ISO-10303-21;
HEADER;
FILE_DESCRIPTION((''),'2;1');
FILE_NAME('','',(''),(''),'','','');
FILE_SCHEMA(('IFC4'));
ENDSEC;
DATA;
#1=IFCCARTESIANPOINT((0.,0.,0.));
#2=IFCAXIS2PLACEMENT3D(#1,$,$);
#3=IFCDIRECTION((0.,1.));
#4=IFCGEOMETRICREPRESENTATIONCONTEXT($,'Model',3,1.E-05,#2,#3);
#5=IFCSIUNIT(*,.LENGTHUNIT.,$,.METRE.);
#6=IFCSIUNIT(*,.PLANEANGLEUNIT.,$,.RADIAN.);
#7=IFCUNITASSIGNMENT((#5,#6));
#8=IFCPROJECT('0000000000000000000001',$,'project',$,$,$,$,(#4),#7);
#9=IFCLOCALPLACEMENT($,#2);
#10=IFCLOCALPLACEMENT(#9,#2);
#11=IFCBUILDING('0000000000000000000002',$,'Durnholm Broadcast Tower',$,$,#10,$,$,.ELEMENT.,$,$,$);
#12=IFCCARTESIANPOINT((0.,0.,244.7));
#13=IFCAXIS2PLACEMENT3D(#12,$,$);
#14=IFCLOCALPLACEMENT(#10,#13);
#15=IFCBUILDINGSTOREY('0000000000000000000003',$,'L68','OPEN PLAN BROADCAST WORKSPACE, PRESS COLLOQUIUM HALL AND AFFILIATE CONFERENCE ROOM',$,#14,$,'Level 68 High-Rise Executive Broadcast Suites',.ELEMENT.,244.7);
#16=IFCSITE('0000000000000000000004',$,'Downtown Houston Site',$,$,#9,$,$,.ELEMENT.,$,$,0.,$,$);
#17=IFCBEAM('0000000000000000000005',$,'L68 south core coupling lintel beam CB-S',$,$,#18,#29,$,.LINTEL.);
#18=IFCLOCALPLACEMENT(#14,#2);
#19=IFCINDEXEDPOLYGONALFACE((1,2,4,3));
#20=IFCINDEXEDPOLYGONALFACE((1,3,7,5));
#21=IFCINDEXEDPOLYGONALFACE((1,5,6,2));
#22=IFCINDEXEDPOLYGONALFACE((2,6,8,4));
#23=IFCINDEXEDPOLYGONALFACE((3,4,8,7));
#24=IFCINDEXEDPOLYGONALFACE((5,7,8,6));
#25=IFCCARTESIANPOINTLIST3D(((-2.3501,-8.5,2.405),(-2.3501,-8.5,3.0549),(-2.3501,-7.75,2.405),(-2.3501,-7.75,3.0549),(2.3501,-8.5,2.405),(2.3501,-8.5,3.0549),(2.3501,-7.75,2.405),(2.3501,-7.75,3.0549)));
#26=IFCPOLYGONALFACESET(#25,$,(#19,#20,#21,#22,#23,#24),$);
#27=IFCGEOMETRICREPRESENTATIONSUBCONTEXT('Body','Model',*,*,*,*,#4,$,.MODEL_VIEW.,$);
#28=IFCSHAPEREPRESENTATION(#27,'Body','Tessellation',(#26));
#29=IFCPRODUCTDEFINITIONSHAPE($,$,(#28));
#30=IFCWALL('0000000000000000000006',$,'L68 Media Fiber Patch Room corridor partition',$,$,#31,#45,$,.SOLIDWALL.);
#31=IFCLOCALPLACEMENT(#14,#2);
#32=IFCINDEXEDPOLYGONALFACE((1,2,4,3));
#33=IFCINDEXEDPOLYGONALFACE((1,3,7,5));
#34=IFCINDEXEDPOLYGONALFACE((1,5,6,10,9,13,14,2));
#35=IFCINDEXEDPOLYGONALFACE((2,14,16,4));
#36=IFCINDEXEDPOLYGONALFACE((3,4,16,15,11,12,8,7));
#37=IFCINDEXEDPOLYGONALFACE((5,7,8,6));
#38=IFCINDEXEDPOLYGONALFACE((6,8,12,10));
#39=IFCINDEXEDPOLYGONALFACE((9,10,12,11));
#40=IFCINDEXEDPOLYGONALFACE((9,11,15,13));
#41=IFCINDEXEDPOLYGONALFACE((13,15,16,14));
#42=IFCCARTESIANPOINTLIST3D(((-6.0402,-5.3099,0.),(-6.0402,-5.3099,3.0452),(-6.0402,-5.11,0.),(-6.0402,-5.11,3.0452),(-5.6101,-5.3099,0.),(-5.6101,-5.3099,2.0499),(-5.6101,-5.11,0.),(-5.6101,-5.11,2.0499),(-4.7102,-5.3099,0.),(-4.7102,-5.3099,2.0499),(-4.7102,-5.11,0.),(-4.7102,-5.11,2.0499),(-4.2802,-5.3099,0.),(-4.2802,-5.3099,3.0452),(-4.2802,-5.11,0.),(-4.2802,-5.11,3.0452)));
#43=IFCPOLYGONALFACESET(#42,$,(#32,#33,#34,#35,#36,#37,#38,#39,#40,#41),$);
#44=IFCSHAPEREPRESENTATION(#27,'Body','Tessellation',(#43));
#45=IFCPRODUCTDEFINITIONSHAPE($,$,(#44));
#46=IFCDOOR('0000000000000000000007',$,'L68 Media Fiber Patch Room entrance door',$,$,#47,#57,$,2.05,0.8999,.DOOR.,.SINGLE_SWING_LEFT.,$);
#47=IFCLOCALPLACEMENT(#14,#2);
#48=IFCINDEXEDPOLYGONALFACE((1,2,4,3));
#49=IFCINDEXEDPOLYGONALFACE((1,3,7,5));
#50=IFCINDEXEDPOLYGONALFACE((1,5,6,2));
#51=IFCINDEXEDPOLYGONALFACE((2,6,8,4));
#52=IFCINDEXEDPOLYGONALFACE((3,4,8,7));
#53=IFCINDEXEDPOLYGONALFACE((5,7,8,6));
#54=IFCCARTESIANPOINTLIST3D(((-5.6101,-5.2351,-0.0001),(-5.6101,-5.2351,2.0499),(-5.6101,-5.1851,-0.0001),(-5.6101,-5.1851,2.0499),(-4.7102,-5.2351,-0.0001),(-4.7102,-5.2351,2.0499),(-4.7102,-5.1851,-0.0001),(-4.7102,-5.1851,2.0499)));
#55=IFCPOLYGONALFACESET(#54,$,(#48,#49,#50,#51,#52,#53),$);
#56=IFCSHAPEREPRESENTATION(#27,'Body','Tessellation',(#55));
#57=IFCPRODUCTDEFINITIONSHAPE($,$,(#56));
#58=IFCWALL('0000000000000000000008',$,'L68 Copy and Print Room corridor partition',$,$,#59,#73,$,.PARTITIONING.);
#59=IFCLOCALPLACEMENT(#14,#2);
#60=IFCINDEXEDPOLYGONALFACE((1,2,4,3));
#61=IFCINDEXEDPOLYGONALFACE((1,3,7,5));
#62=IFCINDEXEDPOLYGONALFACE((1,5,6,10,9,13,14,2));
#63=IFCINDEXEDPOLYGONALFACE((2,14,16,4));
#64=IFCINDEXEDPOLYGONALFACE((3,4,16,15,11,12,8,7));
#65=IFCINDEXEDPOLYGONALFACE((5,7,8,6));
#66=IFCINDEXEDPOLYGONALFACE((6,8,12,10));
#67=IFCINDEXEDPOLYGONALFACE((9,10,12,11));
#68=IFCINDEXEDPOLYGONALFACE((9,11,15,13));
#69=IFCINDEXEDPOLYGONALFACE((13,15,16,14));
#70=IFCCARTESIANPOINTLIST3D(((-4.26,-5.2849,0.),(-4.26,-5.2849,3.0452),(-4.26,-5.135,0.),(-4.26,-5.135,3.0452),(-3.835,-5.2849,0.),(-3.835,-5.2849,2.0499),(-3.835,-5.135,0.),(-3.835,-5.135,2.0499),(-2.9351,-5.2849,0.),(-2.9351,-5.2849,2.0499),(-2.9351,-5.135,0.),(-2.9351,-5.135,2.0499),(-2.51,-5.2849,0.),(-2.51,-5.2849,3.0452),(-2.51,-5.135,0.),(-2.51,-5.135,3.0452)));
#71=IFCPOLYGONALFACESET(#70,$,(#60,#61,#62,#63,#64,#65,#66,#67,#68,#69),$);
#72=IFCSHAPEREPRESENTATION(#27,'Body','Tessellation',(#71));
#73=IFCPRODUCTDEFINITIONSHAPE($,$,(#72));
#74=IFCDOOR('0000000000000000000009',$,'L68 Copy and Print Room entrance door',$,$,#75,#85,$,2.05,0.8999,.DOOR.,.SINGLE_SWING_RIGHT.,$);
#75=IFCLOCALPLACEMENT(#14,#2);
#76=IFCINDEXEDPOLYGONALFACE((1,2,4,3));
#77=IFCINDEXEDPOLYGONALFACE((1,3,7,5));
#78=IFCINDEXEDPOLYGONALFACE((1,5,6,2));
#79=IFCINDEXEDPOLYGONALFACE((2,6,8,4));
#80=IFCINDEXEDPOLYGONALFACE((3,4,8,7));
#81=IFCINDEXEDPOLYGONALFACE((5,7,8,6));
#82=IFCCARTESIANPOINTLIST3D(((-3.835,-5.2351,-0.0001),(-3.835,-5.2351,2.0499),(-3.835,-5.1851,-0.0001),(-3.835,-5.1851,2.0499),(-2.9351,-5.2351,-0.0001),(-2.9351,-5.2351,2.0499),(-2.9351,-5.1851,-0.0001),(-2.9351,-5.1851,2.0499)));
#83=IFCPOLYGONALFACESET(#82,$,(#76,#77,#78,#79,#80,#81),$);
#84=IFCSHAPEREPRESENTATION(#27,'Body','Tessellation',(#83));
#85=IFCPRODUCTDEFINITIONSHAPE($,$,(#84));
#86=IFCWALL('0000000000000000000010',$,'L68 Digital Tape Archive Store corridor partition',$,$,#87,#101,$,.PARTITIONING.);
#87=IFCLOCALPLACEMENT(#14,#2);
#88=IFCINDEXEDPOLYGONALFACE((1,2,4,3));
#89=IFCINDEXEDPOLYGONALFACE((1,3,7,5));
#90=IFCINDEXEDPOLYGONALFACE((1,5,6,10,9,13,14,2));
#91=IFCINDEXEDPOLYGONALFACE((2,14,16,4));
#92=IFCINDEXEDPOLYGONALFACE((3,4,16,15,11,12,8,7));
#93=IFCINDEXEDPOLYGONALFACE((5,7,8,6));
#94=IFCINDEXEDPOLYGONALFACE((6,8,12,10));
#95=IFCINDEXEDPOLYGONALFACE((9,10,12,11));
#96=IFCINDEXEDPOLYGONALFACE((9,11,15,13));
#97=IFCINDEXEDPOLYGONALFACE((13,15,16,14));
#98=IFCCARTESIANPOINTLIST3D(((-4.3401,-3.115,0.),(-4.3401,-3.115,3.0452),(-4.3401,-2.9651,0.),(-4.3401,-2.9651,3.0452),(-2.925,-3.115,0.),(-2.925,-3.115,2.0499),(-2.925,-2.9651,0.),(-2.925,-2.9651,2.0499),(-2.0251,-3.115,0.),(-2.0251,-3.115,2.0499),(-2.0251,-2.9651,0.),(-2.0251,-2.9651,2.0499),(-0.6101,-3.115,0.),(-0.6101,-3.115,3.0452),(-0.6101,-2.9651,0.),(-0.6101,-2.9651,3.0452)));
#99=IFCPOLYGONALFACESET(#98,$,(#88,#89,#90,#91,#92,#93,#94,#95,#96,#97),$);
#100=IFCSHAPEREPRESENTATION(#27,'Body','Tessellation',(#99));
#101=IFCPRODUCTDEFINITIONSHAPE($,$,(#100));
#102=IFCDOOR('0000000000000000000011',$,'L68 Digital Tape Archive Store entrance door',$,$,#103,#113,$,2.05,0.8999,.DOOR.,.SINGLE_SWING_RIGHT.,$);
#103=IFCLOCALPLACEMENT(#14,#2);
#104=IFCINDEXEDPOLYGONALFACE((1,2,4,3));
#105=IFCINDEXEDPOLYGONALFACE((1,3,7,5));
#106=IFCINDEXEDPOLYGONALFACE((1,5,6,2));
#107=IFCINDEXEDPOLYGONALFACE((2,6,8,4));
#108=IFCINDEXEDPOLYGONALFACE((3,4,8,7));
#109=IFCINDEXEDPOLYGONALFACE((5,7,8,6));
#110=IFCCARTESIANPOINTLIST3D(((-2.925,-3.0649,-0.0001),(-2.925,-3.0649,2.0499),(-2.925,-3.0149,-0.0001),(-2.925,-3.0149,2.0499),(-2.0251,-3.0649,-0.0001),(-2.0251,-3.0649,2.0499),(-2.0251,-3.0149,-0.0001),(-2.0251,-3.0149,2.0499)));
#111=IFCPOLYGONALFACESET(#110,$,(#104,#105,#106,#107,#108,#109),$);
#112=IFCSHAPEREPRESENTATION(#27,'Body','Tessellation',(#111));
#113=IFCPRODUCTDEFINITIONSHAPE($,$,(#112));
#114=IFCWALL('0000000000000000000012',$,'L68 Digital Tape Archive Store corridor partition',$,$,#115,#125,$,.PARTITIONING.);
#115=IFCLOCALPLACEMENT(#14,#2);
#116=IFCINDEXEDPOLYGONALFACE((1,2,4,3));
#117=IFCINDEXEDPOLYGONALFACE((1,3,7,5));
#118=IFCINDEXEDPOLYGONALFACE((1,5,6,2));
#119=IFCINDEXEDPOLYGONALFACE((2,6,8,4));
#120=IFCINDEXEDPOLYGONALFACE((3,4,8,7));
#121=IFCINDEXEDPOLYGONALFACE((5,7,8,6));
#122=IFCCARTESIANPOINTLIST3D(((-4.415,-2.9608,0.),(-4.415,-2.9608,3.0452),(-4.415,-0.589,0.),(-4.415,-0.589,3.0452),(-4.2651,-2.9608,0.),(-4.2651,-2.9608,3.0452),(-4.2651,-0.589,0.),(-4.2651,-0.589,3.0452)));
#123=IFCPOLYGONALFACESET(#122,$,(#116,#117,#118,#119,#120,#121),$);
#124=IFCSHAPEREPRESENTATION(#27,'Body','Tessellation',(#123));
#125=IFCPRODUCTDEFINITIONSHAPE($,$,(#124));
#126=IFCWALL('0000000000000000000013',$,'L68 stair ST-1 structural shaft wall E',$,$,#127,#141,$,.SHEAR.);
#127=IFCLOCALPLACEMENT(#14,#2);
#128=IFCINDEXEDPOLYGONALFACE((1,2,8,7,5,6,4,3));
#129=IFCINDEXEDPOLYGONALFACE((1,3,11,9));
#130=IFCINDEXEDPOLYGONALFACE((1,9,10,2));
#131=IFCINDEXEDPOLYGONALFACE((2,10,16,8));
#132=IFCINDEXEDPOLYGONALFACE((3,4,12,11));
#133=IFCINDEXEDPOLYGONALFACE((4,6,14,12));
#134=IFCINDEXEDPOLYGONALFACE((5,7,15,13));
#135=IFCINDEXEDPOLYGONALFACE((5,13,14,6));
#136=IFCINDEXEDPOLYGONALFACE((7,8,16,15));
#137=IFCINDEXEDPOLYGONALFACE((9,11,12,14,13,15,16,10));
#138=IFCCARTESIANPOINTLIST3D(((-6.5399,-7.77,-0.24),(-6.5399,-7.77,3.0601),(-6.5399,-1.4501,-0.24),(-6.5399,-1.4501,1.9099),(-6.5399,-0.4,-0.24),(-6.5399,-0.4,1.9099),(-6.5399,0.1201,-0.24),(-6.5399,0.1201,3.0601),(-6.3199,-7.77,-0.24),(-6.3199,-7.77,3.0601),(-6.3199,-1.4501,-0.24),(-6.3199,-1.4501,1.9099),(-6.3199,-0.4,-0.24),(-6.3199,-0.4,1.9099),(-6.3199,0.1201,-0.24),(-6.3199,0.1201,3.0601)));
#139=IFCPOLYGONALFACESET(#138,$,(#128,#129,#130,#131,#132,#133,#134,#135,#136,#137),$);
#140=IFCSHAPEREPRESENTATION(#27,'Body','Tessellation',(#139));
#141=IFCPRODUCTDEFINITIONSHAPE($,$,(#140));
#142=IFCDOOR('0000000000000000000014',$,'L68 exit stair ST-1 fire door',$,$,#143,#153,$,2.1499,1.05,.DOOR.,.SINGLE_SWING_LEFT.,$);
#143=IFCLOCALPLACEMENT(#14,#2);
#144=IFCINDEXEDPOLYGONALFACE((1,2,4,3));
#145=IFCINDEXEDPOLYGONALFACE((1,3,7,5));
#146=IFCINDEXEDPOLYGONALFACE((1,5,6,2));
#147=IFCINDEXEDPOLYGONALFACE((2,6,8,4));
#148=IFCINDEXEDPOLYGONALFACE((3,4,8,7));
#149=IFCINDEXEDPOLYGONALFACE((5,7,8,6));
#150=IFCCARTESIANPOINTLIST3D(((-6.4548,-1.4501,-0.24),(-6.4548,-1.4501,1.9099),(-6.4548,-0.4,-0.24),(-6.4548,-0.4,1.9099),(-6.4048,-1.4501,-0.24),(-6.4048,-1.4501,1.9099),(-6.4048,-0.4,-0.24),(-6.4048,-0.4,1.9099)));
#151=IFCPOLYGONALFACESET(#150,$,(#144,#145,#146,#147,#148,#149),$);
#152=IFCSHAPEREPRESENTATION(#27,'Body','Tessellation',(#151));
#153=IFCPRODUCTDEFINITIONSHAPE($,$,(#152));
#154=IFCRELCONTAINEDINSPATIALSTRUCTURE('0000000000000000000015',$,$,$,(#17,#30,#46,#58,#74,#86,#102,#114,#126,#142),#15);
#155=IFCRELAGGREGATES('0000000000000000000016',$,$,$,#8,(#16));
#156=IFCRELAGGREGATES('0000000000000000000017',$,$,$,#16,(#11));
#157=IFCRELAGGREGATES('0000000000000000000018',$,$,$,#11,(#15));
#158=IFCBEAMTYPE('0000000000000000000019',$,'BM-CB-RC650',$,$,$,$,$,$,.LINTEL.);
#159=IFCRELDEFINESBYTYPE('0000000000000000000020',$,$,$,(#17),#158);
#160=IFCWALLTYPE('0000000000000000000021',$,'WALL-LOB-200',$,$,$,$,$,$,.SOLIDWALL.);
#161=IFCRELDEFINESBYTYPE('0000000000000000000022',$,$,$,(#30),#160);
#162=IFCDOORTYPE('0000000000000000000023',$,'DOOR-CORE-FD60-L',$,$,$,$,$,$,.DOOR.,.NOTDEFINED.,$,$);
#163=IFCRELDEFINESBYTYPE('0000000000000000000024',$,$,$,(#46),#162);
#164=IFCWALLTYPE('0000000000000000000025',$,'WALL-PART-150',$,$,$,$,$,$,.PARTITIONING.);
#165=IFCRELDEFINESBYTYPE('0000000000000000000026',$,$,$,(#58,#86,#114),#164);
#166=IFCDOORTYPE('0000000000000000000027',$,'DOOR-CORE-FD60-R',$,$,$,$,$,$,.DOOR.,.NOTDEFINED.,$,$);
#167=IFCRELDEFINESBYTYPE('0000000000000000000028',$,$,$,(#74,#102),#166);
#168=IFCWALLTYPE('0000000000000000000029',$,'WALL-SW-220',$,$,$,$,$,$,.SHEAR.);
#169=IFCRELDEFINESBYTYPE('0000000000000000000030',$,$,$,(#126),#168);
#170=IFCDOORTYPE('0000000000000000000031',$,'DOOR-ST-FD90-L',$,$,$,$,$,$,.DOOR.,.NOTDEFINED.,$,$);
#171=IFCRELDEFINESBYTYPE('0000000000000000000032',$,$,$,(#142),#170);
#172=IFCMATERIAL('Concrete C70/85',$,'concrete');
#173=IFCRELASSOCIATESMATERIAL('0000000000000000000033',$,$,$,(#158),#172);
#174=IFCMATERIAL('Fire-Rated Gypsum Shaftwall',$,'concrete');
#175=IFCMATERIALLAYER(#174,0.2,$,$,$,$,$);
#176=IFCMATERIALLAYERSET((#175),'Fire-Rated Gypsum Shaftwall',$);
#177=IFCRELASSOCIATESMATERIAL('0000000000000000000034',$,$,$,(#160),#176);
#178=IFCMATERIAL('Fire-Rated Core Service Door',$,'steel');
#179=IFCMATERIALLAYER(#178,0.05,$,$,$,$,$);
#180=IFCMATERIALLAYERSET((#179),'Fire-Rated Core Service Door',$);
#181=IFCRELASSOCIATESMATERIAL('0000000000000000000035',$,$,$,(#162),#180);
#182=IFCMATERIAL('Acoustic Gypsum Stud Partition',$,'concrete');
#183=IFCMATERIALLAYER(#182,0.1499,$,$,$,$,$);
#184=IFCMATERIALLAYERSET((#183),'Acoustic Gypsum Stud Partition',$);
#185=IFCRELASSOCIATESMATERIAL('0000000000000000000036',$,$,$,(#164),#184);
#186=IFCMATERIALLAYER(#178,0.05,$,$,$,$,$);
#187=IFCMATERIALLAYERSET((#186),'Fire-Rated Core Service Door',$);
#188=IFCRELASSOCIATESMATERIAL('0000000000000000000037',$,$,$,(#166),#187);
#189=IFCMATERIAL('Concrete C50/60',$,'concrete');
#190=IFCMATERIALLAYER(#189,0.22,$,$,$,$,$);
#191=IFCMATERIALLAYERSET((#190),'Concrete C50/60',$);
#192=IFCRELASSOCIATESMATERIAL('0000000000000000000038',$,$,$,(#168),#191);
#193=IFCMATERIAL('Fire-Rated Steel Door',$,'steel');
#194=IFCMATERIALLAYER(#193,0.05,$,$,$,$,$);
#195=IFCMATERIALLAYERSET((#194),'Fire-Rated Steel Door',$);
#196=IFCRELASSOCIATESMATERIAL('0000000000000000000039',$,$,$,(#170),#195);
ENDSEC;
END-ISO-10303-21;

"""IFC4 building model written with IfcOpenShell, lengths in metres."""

from ifc_helpers import new_model, si_unit, direction, frame, frame_2d, origin, origin_2d, place, context, subcontext, project, spatial, rectangle, extrude, source, transform, mapped, material, layer, layer_set, material_profile, profile_set, type_object, type_shapes, element, fill, save


model = new_model("IFC4")

# Units and contexts
model_context = context("Model", 3, precision=1e-05, world=origin(), true_north=direction((0.0, 1.0)))
body_context = subcontext(model_context, "Body", "Model", "MODEL_VIEW")
ifc_project = project(units=[si_unit("LENGTHUNIT", "METRE"), si_unit("PLANEANGLEUNIT", "RADIAN")], contexts=[model_context])

# Site, building, storey
site_placement = place(None, origin())
site = spatial("IfcSite", under=ifc_project, at=site_placement, Name="Downtown Houston Site", CompositionType="ELEMENT", RefElevation=0.0)
building_placement = place(site_placement, origin())
building = spatial("IfcBuilding", under=site, at=building_placement, Name="Durnholm Broadcast Tower", CompositionType="ELEMENT")
storey_placement = place(building_placement, frame((0.0, 0.0, 244.7)))
storey = spatial("IfcBuildingStorey", under=building, at=storey_placement, Name="L68", Description="OPEN PLAN BROADCAST WORKSPACE, PRESS COLLOQUIUM HALL AND AFFILIATE CONFERENCE ROOM", LongName="Level 68 High-Rise Executive Broadcast Suites", CompositionType="ELEMENT", Elevation=244.7)

# Beam
ifc_material_1 = material(Name="Concrete C70/85", Category="concrete")
ifc_material_profile = material_profile(ifc_material_1, rectangle(XDim=0.75, YDim=0.6499, at=origin_2d()), Name="RC750X650")
ifc_profile_set = profile_set([ifc_material_profile], Name="Concrete C70/85")
beam_type = type_object("IfcBeamType", Name="BM-CB-RC650", PredefinedType="LINTEL", material=ifc_profile_set)
shared_shape_1 = source(origin(), body_context, "Body", "SweptSolid", [
    extrude(rectangle(XDim=0.75, YDim=0.6499, at=origin_2d()), origin(), (0.0, 0.0, 1.0), 4.7002),
])
type_shapes(beam_type, [shared_shape_1])
beam_placement = place(storey_placement, frame((-2.3501, -8.125, 2.73), z_axis=(1.0, 0.0, 0.0), x_axis=(0.0, 1.0, 0.0)))
element("IfcBeam", 1, at=beam_placement, inside=storey, type_object=beam_type, Name="L68 south core coupling lintel beam CB-S", PredefinedType="LINTEL", context=body_context, shape_type="MappedRepresentation", body=[
    mapped(shared_shape_1, transform((0.0, 0.0, 0.0), x_axis=(1.0, 0.0, 0.0), y_axis=(0.0, 1.0, 0.0), z_axis=(0.0, 0.0, 1.0), scale=1.0)),
])

# Walls, openings, doors
ifc_material_2 = material(Name="Fire-Rated Gypsum Shaftwall", Category="concrete")
ifc_layer_1 = layer(ifc_material_2, 0.2)
ifc_layer_set_1 = layer_set([ifc_layer_1], Name="Fire-Rated Gypsum Shaftwall")
wall_type_1 = type_object("IfcWallType", Name="WALL-LOB-200", PredefinedType="SOLIDWALL", material=ifc_layer_set_1)
wall_1_placement = place(storey_placement, frame((-6.04, -5.21, 0.0), z_axis=(0.0, 0.0, 1.0), x_axis=(1.0, 0.0, 0.0)))
wall_1 = element("IfcWall", 2, at=wall_1_placement, inside=storey, type_object=wall_type_1, Name="L68 Media Fiber Patch Room corridor partition", PredefinedType="SOLIDWALL", context=body_context, shape_type="SweptSolid", body=[
    extrude(rectangle(XDim=1.76, YDim=0.2, at=frame_2d((0.8799, 0.0))), origin(), (0.0, 0.0, 1.0), 3.0452),
])
opening_1_placement = place(wall_1_placement, frame((0.4299, 0.0, 0.0)))
opening_1 = element("IfcOpeningElement", 3, at=opening_1_placement, cuts=wall_1, PredefinedType="OPENING", context=body_context, shape_type="SweptSolid", body=[
    extrude(rectangle(XDim=0.8999, YDim=2.05, at=frame_2d((0.45, 1.0249))), frame((0.0, 0.1099, 0.0), z_axis=(0.0, -1.0, 0.0), x_axis=(1.0, 0.0, 0.0)), (0.0, 0.0, 1.0), 0.22),
])
ifc_material_3 = material(Name="Fire-Rated Core Service Door", Category="steel")
ifc_layer_2 = layer(ifc_material_3, 0.05)
ifc_layer_set_2 = layer_set([ifc_layer_2], Name="Fire-Rated Core Service Door")
door_type_1 = type_object("IfcDoorType", Name="DOOR-CORE-FD60-L", OperationType="NOTDEFINED", PredefinedType="DOOR", material=ifc_layer_set_2)
shared_shape_2 = source(origin(), body_context, "Body", "SweptSolid", [
    extrude(rectangle(XDim=0.8999, YDim=2.05, at=frame_2d((0.45, 1.0249))), frame((0.0, 0.0249, 0.0), z_axis=(0.0, -1.0, 0.0), x_axis=(1.0, 0.0, 0.0)), (0.0, 0.0, 1.0), 0.05),
])
type_shapes(door_type_1, [shared_shape_2])
door_1_placement = place(opening_1_placement, origin())
door_1 = element("IfcDoor", 4, at=door_1_placement, inside=storey, type_object=door_type_1, Name="L68 Media Fiber Patch Room entrance door", OperationType="SINGLE_SWING_LEFT", OverallHeight=2.05, OverallWidth=0.8999, PredefinedType="DOOR", context=body_context, shape_type="MappedRepresentation", body=[
    mapped(shared_shape_2, transform((0.0, 0.0, 0.0), x_axis=(1.0, 0.0, 0.0), y_axis=(0.0, 1.0, 0.0), z_axis=(0.0, 0.0, 1.0), scale=1.0)),
])
fill(opening_1, door_1)
ifc_material_4 = material(Name="Acoustic Gypsum Stud Partition", Category="concrete")
ifc_layer_3 = layer(ifc_material_4, 0.1499)
ifc_layer_set_3 = layer_set([ifc_layer_3], Name="Acoustic Gypsum Stud Partition")
wall_type_2 = type_object("IfcWallType", Name="WALL-PART-150", PredefinedType="PARTITIONING", material=ifc_layer_set_3)
wall_2_placement = place(storey_placement, frame((-4.26, -5.21, 0.0), z_axis=(0.0, 0.0, 1.0), x_axis=(1.0, 0.0, 0.0)))
wall_2 = element("IfcWall", 5, at=wall_2_placement, inside=storey, type_object=wall_type_2, Name="L68 Copy and Print Room corridor partition", PredefinedType="PARTITIONING", context=body_context, shape_type="SweptSolid", body=[
    extrude(rectangle(XDim=1.75, YDim=0.1499, at=frame_2d((0.875, 0.0))), origin(), (0.0, 0.0, 1.0), 3.0452),
])
opening_2_placement = place(wall_2_placement, frame((0.425, 0.0, 0.0)))
opening_2 = element("IfcOpeningElement", 6, at=opening_2_placement, cuts=wall_2, PredefinedType="OPENING", context=body_context, shape_type="SweptSolid", body=[
    extrude(rectangle(XDim=0.8999, YDim=2.05, at=frame_2d((0.45, 1.0249))), frame((0.0, 0.085, 0.0), z_axis=(0.0, -1.0, 0.0), x_axis=(1.0, 0.0, 0.0)), (0.0, 0.0, 1.0), 0.1699),
])
ifc_layer_4 = layer(ifc_material_3, 0.05)
ifc_layer_set_4 = layer_set([ifc_layer_4], Name="Fire-Rated Core Service Door")
door_type_2 = type_object("IfcDoorType", Name="DOOR-CORE-FD60-R", OperationType="NOTDEFINED", PredefinedType="DOOR", material=ifc_layer_set_4)
shared_shape_3 = source(origin(), body_context, "Body", "SweptSolid", [
    extrude(rectangle(XDim=0.8999, YDim=2.05, at=frame_2d((0.45, 1.0249))), frame((0.0, 0.0249, 0.0), z_axis=(0.0, -1.0, 0.0), x_axis=(1.0, 0.0, 0.0)), (0.0, 0.0, 1.0), 0.05),
])
type_shapes(door_type_2, [shared_shape_3])
door_2_placement = place(opening_2_placement, origin())
door_2 = element("IfcDoor", 7, at=door_2_placement, inside=storey, type_object=door_type_2, Name="L68 Copy and Print Room entrance door", OperationType="SINGLE_SWING_RIGHT", OverallHeight=2.05, OverallWidth=0.8999, PredefinedType="DOOR", context=body_context, shape_type="MappedRepresentation", body=[
    mapped(shared_shape_3, transform((0.0, 0.0, 0.0), x_axis=(1.0, 0.0, 0.0), y_axis=(0.0, 1.0, 0.0), z_axis=(0.0, 0.0, 1.0), scale=1.0)),
])
fill(opening_2, door_2)
wall_3_placement = place(storey_placement, frame((-0.6101, -3.04, 0.0), z_axis=(0.0, 0.0, 1.0), x_axis=(-1.0, 0.0, 0.0)))
wall_3 = element("IfcWall", 8, at=wall_3_placement, inside=storey, type_object=wall_type_2, Name="L68 Digital Tape Archive Store corridor partition", PredefinedType="PARTITIONING", context=body_context, shape_type="SweptSolid", body=[
    extrude(rectangle(XDim=3.73, YDim=0.1499, at=frame_2d((1.865, 0.0))), origin(), (0.0, 0.0, 1.0), 3.0452),
])
opening_3_placement = place(wall_3_placement, frame((1.415, 0.0, 0.0)))
opening_3 = element("IfcOpeningElement", 9, at=opening_3_placement, cuts=wall_3, PredefinedType="OPENING", context=body_context, shape_type="SweptSolid", body=[
    extrude(rectangle(XDim=0.8999, YDim=2.05, at=frame_2d((0.45, 1.0249))), frame((0.0, 0.085, 0.0), z_axis=(0.0, -1.0, 0.0), x_axis=(1.0, 0.0, 0.0)), (0.0, 0.0, 1.0), 0.1699),
])
door_3_placement = place(opening_3_placement, origin())
door_3 = element("IfcDoor", 10, at=door_3_placement, inside=storey, type_object=door_type_2, Name="L68 Digital Tape Archive Store entrance door", OperationType="SINGLE_SWING_RIGHT", OverallHeight=2.05, OverallWidth=0.8999, PredefinedType="DOOR", context=body_context, shape_type="MappedRepresentation", body=[
    mapped(shared_shape_3, transform((0.0, 0.0, 0.0), x_axis=(1.0, 0.0, 0.0), y_axis=(0.0, 1.0, 0.0), z_axis=(0.0, 0.0, 1.0), scale=1.0)),
])
fill(opening_3, door_3)

# Wall
wall_4_placement = place(storey_placement, frame((-4.3401, -2.9609, 0.0), z_axis=(0.0, 0.0, 1.0), x_axis=(0.0, 1.0, 0.0)))
element("IfcWall", 11, at=wall_4_placement, inside=storey, type_object=wall_type_2, Name="L68 Digital Tape Archive Store corridor partition", PredefinedType="PARTITIONING", context=body_context, shape_type="SweptSolid", body=[
    extrude(rectangle(XDim=2.3718, YDim=0.1499, at=frame_2d((1.186, 0.0))), origin(), (0.0, 0.0, 1.0), 3.0452),
])

# Wall, opening, door
ifc_material_5 = material(Name="Concrete C50/60", Category="concrete")
ifc_layer_5 = layer(ifc_material_5, 0.22)
ifc_layer_set_5 = layer_set([ifc_layer_5], Name="Concrete C50/60")
wall_type_3 = type_object("IfcWallType", Name="WALL-SW-220", PredefinedType="SHEAR", material=ifc_layer_set_5)
wall_5_placement = place(storey_placement, frame((-6.4299, -7.77, -0.24), z_axis=(0.0, 0.0, 1.0), x_axis=(0.0, 1.0, 0.0)))
wall_5 = element("IfcWall", 12, at=wall_5_placement, inside=storey, type_object=wall_type_3, Name="L68 stair ST-1 structural shaft wall E", PredefinedType="SHEAR", context=body_context, shape_type="SweptSolid", body=[
    extrude(rectangle(XDim=7.8901, YDim=0.22, at=frame_2d((3.9451, 0.0))), origin(), (0.0, 0.0, 1.0), 3.3),
])
opening_4_placement = place(wall_5_placement, frame((6.3201, 0.0, 0.0)))
opening_4 = element("IfcOpeningElement", 13, at=opening_4_placement, cuts=wall_5, PredefinedType="OPENING", context=body_context, shape_type="SweptSolid", body=[
    extrude(rectangle(XDim=1.05, YDim=2.1499, at=frame_2d((0.5249, 1.075))), frame((0.0, 0.1201, 0.0), z_axis=(0.0, -1.0, 0.0), x_axis=(1.0, 0.0, 0.0)), (0.0, 0.0, 1.0), 0.24),
])
ifc_material_6 = material(Name="Fire-Rated Steel Door", Category="steel")
ifc_layer_6 = layer(ifc_material_6, 0.05)
ifc_layer_set_6 = layer_set([ifc_layer_6], Name="Fire-Rated Steel Door")
door_type_3 = type_object("IfcDoorType", Name="DOOR-ST-FD90-L", OperationType="NOTDEFINED", PredefinedType="DOOR", material=ifc_layer_set_6)
shared_shape_4 = source(origin(), body_context, "Body", "SweptSolid", [
    extrude(rectangle(XDim=1.05, YDim=2.1499, at=frame_2d((0.5249, 1.075))), frame((0.0, 0.0249, 0.0), z_axis=(0.0, -1.0, 0.0), x_axis=(1.0, 0.0, 0.0)), (0.0, 0.0, 1.0), 0.05),
])
type_shapes(door_type_3, [shared_shape_4])
door_4_placement = place(opening_4_placement, origin())
door_4 = element("IfcDoor", 14, at=door_4_placement, inside=storey, type_object=door_type_3, Name="L68 exit stair ST-1 fire door", OperationType="SINGLE_SWING_LEFT", OverallHeight=2.1499, OverallWidth=1.05, PredefinedType="DOOR", context=body_context, shape_type="MappedRepresentation", body=[
    mapped(shared_shape_4, transform((0.0, 0.0, 0.0), x_axis=(1.0, 0.0, 0.0), y_axis=(0.0, 1.0, 0.0), z_axis=(0.0, 0.0, 1.0), scale=1.0)),
])
fill(opening_4, door_4)

save(model, "model.ifc")
